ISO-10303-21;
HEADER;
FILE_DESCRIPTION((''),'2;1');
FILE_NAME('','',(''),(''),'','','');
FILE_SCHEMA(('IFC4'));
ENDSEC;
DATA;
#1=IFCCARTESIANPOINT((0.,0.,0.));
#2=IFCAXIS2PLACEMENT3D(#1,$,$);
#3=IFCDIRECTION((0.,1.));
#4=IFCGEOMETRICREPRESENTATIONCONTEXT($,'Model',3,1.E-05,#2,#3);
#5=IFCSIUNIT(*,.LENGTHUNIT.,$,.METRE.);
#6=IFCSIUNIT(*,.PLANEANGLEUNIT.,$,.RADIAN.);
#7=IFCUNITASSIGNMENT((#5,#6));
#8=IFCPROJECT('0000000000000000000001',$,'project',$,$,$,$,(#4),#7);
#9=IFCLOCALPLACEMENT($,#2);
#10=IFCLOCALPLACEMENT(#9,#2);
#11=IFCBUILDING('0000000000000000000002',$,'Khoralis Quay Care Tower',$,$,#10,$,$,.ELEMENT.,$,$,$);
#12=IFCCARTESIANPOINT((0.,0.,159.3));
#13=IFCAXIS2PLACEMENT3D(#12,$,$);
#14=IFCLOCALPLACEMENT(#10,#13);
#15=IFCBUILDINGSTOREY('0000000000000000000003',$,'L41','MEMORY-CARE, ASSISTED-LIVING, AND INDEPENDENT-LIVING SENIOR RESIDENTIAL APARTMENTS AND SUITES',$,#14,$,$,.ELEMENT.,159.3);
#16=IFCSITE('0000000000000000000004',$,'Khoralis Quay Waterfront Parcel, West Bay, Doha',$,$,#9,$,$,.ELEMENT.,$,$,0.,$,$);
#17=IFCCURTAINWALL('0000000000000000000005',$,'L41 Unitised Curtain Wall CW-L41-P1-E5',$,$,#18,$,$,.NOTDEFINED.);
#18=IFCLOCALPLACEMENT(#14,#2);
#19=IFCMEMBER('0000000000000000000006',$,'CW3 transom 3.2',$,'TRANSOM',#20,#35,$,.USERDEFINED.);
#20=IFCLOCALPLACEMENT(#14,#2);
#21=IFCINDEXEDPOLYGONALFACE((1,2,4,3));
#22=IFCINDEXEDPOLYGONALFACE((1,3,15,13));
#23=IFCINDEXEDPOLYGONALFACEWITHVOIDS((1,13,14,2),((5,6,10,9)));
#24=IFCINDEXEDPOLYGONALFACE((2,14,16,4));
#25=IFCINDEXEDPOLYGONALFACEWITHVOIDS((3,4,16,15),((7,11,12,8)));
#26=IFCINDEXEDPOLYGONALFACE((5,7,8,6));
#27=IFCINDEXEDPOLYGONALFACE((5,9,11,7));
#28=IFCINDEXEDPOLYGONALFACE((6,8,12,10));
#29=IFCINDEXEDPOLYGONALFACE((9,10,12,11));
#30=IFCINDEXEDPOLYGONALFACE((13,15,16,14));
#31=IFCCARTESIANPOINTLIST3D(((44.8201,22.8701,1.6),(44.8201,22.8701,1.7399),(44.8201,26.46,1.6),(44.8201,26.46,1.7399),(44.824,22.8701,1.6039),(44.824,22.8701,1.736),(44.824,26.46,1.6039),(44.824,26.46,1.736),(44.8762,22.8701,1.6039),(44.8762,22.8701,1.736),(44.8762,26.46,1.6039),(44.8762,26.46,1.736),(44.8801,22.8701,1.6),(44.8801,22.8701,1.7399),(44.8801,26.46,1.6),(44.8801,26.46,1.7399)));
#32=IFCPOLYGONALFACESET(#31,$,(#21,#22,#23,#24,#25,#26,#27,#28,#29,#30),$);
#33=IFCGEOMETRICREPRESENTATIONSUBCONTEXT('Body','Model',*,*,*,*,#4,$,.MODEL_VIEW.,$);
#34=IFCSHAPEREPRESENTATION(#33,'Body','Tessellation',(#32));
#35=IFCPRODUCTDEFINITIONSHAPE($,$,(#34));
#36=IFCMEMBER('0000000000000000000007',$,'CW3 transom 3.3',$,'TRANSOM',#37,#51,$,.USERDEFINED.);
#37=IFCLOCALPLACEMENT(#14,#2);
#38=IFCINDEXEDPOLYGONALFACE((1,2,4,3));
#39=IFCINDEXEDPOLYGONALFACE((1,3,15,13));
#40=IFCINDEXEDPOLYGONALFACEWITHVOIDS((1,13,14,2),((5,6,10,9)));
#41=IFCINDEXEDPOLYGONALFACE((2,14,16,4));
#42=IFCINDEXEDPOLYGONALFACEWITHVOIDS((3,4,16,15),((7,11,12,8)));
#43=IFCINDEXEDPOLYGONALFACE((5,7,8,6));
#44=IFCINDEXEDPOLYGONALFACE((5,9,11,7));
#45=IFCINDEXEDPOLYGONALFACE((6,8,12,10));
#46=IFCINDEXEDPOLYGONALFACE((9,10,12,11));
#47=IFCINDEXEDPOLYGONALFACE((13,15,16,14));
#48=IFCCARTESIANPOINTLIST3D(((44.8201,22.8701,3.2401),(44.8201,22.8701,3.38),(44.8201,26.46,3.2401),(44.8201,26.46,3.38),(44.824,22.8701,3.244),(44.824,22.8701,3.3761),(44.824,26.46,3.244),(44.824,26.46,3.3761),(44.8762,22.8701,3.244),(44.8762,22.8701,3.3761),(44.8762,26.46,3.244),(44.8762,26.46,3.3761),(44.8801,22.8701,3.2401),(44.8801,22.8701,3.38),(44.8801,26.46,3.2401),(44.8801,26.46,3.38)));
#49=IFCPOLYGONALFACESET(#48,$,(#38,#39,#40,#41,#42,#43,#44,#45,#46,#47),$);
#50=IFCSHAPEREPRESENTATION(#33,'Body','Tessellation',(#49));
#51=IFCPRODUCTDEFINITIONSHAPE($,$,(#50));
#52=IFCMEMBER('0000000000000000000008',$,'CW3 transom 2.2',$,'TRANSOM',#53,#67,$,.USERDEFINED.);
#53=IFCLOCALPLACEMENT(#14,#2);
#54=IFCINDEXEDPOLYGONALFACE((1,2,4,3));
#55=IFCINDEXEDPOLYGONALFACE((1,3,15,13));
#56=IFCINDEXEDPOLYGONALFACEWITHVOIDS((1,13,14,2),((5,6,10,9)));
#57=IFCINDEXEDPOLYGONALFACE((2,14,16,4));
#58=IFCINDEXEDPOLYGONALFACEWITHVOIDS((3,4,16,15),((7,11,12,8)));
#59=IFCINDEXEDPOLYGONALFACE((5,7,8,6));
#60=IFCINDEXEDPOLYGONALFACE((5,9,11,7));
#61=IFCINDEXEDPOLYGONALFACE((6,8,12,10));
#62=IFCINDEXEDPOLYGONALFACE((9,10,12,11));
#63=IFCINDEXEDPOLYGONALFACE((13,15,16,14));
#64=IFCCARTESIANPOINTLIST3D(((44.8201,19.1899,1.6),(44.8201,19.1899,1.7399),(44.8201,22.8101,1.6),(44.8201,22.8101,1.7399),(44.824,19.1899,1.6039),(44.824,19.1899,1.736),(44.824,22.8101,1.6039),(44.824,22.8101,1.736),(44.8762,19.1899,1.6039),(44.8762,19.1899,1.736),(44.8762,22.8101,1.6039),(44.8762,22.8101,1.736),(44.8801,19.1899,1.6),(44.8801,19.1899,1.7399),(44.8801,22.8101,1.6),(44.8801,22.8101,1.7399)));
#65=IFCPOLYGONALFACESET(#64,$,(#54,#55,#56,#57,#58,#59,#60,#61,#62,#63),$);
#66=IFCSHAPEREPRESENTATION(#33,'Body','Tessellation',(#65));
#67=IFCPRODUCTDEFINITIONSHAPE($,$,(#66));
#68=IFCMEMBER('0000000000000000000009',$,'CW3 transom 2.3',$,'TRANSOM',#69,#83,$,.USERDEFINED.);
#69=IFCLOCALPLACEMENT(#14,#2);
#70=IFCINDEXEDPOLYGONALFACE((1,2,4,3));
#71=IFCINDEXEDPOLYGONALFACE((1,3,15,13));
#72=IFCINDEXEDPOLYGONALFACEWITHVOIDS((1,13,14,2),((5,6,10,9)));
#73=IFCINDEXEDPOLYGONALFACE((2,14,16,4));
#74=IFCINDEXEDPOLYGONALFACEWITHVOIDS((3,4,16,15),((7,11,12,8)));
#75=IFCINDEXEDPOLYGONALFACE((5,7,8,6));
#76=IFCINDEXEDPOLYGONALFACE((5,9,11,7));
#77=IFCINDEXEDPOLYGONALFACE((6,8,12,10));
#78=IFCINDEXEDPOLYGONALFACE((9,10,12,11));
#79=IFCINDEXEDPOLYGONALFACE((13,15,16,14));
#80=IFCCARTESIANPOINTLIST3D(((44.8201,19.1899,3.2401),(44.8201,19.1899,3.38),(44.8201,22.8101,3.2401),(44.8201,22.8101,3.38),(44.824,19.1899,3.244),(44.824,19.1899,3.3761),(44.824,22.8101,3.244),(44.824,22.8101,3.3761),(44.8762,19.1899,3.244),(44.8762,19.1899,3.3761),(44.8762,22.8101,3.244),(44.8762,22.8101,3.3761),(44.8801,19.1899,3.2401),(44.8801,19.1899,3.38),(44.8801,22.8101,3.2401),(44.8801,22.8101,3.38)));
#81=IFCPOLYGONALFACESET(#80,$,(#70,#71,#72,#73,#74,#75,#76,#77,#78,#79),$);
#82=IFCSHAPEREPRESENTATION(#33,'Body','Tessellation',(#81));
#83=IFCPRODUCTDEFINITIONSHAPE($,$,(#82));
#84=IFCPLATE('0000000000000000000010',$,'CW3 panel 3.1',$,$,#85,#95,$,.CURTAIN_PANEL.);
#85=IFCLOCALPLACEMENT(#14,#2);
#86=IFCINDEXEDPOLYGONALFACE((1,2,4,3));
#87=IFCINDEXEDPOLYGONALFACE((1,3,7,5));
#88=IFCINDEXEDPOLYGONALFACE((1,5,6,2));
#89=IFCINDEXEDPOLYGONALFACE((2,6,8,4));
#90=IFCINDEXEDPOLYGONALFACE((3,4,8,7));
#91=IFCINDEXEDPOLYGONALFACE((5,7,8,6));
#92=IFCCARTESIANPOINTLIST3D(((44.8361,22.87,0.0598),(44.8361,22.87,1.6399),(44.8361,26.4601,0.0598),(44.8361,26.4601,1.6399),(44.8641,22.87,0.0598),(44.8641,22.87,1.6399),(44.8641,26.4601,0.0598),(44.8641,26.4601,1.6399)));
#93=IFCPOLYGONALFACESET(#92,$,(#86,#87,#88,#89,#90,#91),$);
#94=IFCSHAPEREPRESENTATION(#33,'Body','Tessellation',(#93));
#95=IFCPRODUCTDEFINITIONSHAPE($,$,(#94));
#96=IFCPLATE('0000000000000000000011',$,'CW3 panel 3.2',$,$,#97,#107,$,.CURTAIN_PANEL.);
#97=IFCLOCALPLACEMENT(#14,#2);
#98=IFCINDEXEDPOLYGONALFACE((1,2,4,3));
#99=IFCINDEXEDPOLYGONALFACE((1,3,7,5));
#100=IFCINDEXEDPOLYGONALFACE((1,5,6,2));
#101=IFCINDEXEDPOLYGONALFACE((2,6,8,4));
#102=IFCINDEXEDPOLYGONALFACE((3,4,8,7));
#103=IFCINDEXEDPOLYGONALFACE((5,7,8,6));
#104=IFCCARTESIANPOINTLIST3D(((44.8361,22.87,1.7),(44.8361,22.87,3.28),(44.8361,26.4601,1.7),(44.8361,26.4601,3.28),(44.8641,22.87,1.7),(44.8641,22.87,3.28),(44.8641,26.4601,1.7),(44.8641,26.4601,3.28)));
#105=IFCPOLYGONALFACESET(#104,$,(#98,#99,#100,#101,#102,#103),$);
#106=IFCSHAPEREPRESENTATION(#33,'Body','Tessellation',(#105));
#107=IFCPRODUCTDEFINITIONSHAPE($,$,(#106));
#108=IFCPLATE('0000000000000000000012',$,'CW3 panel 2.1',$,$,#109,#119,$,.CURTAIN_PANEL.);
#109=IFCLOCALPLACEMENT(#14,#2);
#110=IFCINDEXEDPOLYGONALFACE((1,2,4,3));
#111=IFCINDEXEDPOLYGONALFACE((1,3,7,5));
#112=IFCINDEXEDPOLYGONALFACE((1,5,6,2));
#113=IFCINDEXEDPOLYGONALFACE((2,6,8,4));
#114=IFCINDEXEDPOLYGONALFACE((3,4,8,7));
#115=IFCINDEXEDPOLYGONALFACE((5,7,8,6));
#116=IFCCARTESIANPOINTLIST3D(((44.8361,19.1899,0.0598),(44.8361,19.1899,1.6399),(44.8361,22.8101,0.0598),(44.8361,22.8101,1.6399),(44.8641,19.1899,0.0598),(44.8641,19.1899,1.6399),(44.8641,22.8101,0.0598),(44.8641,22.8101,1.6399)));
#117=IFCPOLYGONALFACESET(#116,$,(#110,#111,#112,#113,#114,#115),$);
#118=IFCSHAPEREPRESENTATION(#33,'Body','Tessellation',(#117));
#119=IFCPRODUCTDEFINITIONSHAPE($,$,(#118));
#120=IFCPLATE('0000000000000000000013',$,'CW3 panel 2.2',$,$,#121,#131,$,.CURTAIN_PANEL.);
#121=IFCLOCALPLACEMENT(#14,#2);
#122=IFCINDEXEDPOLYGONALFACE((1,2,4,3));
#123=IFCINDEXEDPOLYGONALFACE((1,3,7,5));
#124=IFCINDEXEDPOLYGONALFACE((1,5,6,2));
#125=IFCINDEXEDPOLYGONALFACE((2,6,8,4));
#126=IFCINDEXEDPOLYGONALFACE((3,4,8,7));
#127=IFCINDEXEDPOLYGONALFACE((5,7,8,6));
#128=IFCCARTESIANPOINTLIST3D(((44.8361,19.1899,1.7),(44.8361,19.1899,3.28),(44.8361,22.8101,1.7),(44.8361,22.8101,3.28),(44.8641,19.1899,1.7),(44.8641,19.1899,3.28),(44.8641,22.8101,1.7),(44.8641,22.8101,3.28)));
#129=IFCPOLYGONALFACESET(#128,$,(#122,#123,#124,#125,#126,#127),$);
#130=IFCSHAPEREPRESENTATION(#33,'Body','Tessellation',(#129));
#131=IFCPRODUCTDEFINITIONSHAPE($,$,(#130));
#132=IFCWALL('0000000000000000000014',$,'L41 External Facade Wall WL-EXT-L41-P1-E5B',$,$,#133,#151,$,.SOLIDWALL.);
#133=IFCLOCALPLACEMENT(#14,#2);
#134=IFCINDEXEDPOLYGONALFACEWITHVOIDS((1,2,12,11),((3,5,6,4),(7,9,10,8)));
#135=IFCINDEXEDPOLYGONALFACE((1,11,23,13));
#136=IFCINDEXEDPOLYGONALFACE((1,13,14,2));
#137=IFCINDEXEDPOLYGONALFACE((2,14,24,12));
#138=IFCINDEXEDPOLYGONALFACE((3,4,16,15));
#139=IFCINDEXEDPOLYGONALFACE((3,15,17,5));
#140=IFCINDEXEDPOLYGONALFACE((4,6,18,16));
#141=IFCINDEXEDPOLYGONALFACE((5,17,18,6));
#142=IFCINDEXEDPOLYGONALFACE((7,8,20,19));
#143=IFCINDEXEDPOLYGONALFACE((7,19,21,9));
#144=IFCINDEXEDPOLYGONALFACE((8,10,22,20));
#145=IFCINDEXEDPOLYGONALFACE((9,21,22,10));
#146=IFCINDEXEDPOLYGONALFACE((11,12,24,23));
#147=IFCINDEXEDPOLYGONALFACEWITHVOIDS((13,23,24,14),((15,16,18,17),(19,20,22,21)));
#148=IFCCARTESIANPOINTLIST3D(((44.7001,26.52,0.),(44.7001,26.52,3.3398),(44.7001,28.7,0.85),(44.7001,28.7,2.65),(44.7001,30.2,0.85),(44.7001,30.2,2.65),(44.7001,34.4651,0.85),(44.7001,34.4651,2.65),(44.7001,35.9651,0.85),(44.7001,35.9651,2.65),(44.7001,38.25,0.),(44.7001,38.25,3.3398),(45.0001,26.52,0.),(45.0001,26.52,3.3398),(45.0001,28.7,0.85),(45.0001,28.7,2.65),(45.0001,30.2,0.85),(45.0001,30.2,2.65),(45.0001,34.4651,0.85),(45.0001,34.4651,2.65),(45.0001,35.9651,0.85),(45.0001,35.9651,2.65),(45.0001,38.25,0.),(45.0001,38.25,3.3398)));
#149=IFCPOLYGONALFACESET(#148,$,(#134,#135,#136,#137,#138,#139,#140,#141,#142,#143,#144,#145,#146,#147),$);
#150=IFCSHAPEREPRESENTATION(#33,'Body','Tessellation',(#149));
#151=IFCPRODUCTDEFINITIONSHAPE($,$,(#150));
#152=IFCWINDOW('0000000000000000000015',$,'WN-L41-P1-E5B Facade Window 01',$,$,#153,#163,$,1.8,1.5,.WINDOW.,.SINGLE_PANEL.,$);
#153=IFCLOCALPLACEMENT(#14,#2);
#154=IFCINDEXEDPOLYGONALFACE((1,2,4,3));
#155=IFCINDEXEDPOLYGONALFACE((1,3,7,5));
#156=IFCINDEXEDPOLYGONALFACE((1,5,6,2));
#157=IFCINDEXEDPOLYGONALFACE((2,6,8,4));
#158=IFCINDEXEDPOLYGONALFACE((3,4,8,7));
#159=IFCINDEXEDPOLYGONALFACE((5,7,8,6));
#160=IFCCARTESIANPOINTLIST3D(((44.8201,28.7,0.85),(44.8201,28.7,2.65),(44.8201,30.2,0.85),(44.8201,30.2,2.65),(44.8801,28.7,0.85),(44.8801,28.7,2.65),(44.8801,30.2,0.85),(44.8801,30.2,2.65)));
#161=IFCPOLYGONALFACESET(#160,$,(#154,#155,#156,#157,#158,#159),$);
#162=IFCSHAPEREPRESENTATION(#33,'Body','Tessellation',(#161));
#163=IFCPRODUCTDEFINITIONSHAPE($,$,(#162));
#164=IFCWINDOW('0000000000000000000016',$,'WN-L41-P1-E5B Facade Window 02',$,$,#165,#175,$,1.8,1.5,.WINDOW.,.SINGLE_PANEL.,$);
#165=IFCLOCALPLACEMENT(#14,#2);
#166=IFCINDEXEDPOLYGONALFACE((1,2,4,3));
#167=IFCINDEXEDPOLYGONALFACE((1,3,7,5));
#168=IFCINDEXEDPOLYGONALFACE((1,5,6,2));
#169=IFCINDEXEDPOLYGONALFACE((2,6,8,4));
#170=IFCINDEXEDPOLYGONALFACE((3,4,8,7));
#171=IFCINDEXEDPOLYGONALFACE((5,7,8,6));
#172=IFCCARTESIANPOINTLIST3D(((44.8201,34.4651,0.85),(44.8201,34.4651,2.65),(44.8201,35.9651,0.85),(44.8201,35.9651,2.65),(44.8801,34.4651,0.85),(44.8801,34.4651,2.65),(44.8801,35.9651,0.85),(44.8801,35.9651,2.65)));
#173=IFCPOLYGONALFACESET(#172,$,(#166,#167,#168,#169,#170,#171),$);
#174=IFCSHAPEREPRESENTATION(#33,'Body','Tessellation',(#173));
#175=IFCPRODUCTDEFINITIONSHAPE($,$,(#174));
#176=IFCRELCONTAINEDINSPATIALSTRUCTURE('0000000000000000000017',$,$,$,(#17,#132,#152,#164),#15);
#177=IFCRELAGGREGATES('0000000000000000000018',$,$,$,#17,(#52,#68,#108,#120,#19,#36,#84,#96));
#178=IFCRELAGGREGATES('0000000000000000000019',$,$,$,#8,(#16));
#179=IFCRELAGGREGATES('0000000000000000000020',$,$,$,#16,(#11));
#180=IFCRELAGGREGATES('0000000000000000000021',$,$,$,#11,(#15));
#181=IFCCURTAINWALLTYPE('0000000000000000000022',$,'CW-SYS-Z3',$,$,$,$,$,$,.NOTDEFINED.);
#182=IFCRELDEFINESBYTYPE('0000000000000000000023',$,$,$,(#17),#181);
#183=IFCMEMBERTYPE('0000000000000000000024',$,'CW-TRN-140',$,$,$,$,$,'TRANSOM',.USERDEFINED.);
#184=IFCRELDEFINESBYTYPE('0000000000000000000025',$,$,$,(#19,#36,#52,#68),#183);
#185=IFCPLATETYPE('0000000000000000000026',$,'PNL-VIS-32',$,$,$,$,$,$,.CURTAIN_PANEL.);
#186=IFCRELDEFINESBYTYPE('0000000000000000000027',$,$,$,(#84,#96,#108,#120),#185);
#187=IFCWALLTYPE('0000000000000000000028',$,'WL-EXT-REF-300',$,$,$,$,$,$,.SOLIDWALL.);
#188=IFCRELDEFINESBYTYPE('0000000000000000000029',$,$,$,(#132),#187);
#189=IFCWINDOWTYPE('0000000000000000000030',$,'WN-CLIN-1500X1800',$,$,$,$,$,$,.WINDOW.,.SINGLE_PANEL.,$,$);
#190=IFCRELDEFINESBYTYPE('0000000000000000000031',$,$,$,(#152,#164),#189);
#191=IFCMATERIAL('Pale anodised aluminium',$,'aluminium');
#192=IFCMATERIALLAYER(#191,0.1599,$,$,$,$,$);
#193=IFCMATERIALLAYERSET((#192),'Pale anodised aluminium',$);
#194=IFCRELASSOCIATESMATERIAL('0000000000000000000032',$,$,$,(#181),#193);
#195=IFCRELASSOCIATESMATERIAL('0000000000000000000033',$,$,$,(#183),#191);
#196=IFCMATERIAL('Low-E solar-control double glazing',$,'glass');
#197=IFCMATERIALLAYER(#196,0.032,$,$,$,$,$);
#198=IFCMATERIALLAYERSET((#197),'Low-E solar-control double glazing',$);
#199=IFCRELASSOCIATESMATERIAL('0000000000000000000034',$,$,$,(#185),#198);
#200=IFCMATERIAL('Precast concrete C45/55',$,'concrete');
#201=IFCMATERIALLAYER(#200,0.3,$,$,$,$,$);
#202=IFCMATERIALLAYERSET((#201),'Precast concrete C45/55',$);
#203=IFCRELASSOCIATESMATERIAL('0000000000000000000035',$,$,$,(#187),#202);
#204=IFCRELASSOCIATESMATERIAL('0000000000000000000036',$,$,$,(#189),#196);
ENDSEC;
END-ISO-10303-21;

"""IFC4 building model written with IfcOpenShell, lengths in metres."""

from ifc_helpers import new_model, si_unit, direction, frame, frame_2d, origin, origin_2d, place, context, subcontext, project, spatial, rectangle, hollow_rectangle, extrude, source, transform, mapped, material, layer, layer_set, material_profile, profile_set, type_object, element, fill, aggregate, save


model = new_model("IFC4")

# Units and contexts
model_context = context("Model", 3, precision=1e-05, world=origin(), true_north=direction((0.0, 1.0)))
body_context = subcontext(model_context, "Body", "Model", "MODEL_VIEW")
ifc_project = project(units=[si_unit("LENGTHUNIT", "METRE"), si_unit("PLANEANGLEUNIT", "RADIAN")], contexts=[model_context])

# Site, building, storey
site_placement = place(None, origin())
site = spatial("IfcSite", under=ifc_project, at=site_placement, Name="Khoralis Quay Waterfront Parcel, West Bay, Doha", CompositionType="ELEMENT", RefElevation=0.0)
building_placement = place(site_placement, origin())
building = spatial("IfcBuilding", under=site, at=building_placement, Name="Khoralis Quay Care Tower", CompositionType="ELEMENT")
storey_placement = place(building_placement, frame((0.0, 0.0, 159.3)))
storey = spatial("IfcBuildingStorey", under=building, at=storey_placement, Name="L41", Description="MEMORY-CARE, ASSISTED-LIVING, AND INDEPENDENT-LIVING SENIOR RESIDENTIAL APARTMENTS AND SUITES", CompositionType="ELEMENT", Elevation=159.3)

# Curtain wall, members, plates
ifc_material_1 = material(Name="Pale anodised aluminium", Category="aluminium")
ifc_layer_1 = layer(ifc_material_1, 0.1599)
ifc_layer_set_1 = layer_set([ifc_layer_1], Name="Pale anodised aluminium")
curtain_wall_type = type_object("IfcCurtainWallType", Name="CW-SYS-Z3", PredefinedType="NOTDEFINED", material=ifc_layer_set_1)
curtain_wall_placement = place(storey_placement, origin())
curtain_wall = element("IfcCurtainWall", 1, at=curtain_wall_placement, inside=storey, type_object=curtain_wall_type, Name="L41 Unitised Curtain Wall CW-L41-P1-E5", PredefinedType="NOTDEFINED")
ifc_material_profile_1 = material_profile(ifc_material_1, hollow_rectangle(XDim=0.0601, YDim=0.1399, WallThickness=0.0039, at=origin_2d()), Name="Pale anodised aluminium")
ifc_profile_set_1 = profile_set([ifc_material_profile_1], Name="Pale anodised aluminium")
member_type_1 = type_object("IfcMemberType", Name="CW-TRN-140", ElementType="TRANSOM", PredefinedType="USERDEFINED", material=ifc_profile_set_1)
shared_shape_1 = source(origin(), body_context, "Body", "SweptSolid", [
    extrude(hollow_rectangle(XDim=0.0601, YDim=0.1399, WallThickness=0.0039, at=origin_2d()), origin(), (0.0, 0.0, 1.0), 3.5898),
])
member_1_placement = place(storey_placement, frame((44.8501, 22.8701, 1.6699), z_axis=(0.0, 1.0, 0.0), x_axis=(-1.0, 0.0, 0.0)))
member_1 = element("IfcMember", 2, at=member_1_placement, type_object=member_type_1, Name="CW3 transom 3.2", ObjectType="TRANSOM", PredefinedType="USERDEFINED", context=body_context, shape_type="MappedRepresentation", body=[
    mapped(shared_shape_1, transform((0.0, 0.0, 0.0), scale=1.0)),
])
member_2_placement = place(storey_placement, frame((44.8501, 22.8701, 3.3101), z_axis=(0.0, 1.0, 0.0), x_axis=(-1.0, 0.0, 0.0)))
member_2 = element("IfcMember", 3, at=member_2_placement, type_object=member_type_1, Name="CW3 transom 3.3", ObjectType="TRANSOM", PredefinedType="USERDEFINED", context=body_context, shape_type="MappedRepresentation", body=[
    mapped(shared_shape_1, transform((0.0, 0.0, 0.0), scale=1.0)),
])
shared_shape_2 = source(origin(), body_context, "Body", "SweptSolid", [
    extrude(hollow_rectangle(XDim=0.0601, YDim=0.1399, WallThickness=0.0039, at=origin_2d()), origin(), (0.0, 0.0, 1.0), 3.6201),
])
member_3_placement = place(storey_placement, frame((44.8501, 19.1899, 1.6699), z_axis=(0.0, 1.0, 0.0), x_axis=(-1.0, 0.0, 0.0)))
member_3 = element("IfcMember", 4, at=member_3_placement, type_object=member_type_1, Name="CW3 transom 2.2", ObjectType="TRANSOM", PredefinedType="USERDEFINED", context=body_context, shape_type="MappedRepresentation", body=[
    mapped(shared_shape_2, transform((0.0, 0.0, 0.0), scale=1.0)),
])
member_4_placement = place(storey_placement, frame((44.8501, 19.1899, 3.3101), z_axis=(0.0, 1.0, 0.0), x_axis=(-1.0, 0.0, 0.0)))
member_4 = element("IfcMember", 5, at=member_4_placement, type_object=member_type_1, Name="CW3 transom 2.3", ObjectType="TRANSOM", PredefinedType="USERDEFINED", context=body_context, shape_type="MappedRepresentation", body=[
    mapped(shared_shape_2, transform((0.0, 0.0, 0.0), scale=1.0)),
])
ifc_material_2 = material(Name="Low-E solar-control double glazing", Category="glass")
ifc_layer_2 = layer(ifc_material_2, 0.032)
ifc_layer_set_2 = layer_set([ifc_layer_2], Name="Low-E solar-control double glazing")
plate_type = type_object("IfcPlateType", Name="PNL-VIS-32", PredefinedType="CURTAIN_PANEL", material=ifc_layer_set_2)
shared_shape_3 = source(origin(), body_context, "Body", "SweptSolid", [
    extrude(rectangle(XDim=3.5901, YDim=0.0281, at=origin_2d()), origin(), (0.0, 0.0, 1.0), 1.5801),
])
plate_1_placement = place(storey_placement, frame((44.8501, 24.665, 0.0598), z_axis=(0.0, 0.0, 1.0), x_axis=(0.0, 1.0, 0.0)))
plate_1 = element("IfcPlate", 6, at=plate_1_placement, type_object=plate_type, Name="CW3 panel 3.1", PredefinedType="CURTAIN_PANEL", context=body_context, shape_type="MappedRepresentation", body=[
    mapped(shared_shape_3, transform((0.0, 0.0, 0.0), scale=1.0)),
])
plate_2_placement = place(storey_placement, frame((44.8501, 24.665, 1.7), z_axis=(0.0, 0.0, 1.0), x_axis=(0.0, 1.0, 0.0)))
plate_2 = element("IfcPlate", 7, at=plate_2_placement, type_object=plate_type, Name="CW3 panel 3.2", PredefinedType="CURTAIN_PANEL", context=body_context, shape_type="MappedRepresentation", body=[
    mapped(shared_shape_3, transform((0.0, 0.0, 0.0), scale=1.0)),
])
shared_shape_4 = source(origin(), body_context, "Body", "SweptSolid", [
    extrude(rectangle(XDim=3.6201, YDim=0.0281, at=origin_2d()), origin(), (0.0, 0.0, 1.0), 1.5801),
])
plate_3_placement = place(storey_placement, frame((44.8501, 21.0, 0.0598), z_axis=(0.0, 0.0, 1.0), x_axis=(0.0, 1.0, 0.0)))
plate_3 = element("IfcPlate", 8, at=plate_3_placement, type_object=plate_type, Name="CW3 panel 2.1", PredefinedType="CURTAIN_PANEL", context=body_context, shape_type="MappedRepresentation", body=[
    mapped(shared_shape_4, transform((0.0, 0.0, 0.0), scale=1.0)),
])
plate_4_placement = place(storey_placement, frame((44.8501, 21.0, 1.7), z_axis=(0.0, 0.0, 1.0), x_axis=(0.0, 1.0, 0.0)))
plate_4 = element("IfcPlate", 9, at=plate_4_placement, type_object=plate_type, Name="CW3 panel 2.2", PredefinedType="CURTAIN_PANEL", context=body_context, shape_type="MappedRepresentation", body=[
    mapped(shared_shape_4, transform((0.0, 0.0, 0.0), scale=1.0)),
])
aggregate(curtain_wall, [member_3, member_4, plate_3, plate_4, member_1, member_2, plate_1, plate_2])

# Wall, openings, windows
ifc_material_3 = material(Name="Precast concrete C45/55", Category="concrete")
ifc_layer_3 = layer(ifc_material_3, 0.3)
ifc_layer_set_3 = layer_set([ifc_layer_3], Name="Precast concrete C45/55")
wall_type_1 = type_object("IfcWallType", Name="WL-EXT-REF-300", PredefinedType="SOLIDWALL", material=ifc_layer_set_3)
wall_1_placement = place(storey_placement, frame((44.8501, 26.52, 0.0), z_axis=(0.0, 0.0, 1.0), x_axis=(0.0, 1.0, 0.0)))
wall_1 = element("IfcWall", 10, at=wall_1_placement, inside=storey, type_object=wall_type_1, Name="L41 External Facade Wall WL-EXT-L41-P1-E5B", PredefinedType="SOLIDWALL", context=body_context, shape_type="SweptSolid", body=[
    extrude(rectangle(XDim=11.73, YDim=0.3, at=frame_2d((5.865, 0.0))), origin(), (0.0, 0.0, 1.0), 3.3398),
])
opening_1_placement = place(wall_1_placement, frame((2.1799, 0.0, 0.8501)))
opening_1 = element("IfcOpeningElement", 11, at=opening_1_placement, cuts=wall_1, PredefinedType="OPENING", context=body_context, shape_type="SweptSolid", body=[
    extrude(rectangle(XDim=1.5, YDim=1.8, at=frame_2d((0.75, 0.8999))), frame((0.0, 0.1602, 0.0), z_axis=(0.0, -1.0, 0.0), x_axis=(1.0, 0.0, 0.0)), (0.0, 0.0, 1.0), 0.3201),
])
opening_2_placement = place(wall_1_placement, frame((7.9451, 0.0, 0.8501)))
opening_2 = element("IfcOpeningElement", 12, at=opening_2_placement, cuts=wall_1, PredefinedType="OPENING", context=body_context, shape_type="SweptSolid", body=[
    extrude(rectangle(XDim=1.5, YDim=1.8, at=frame_2d((0.75, 0.8999))), frame((0.0, 0.1602, 0.0), z_axis=(0.0, -1.0, 0.0), x_axis=(1.0, 0.0, 0.0)), (0.0, 0.0, 1.0), 0.3201),
])
window_type = type_object("IfcWindowType", Name="WN-CLIN-1500X1800", PartitioningType="SINGLE_PANEL", PredefinedType="WINDOW", material=ifc_material_2)
shared_shape_5 = source(origin(), body_context, "Body", "SweptSolid", [
    extrude(rectangle(XDim=1.5, YDim=1.8, at=frame_2d((0.75, 0.8999))), frame((0.0, 0.03, 0.0), z_axis=(0.0, -1.0, 0.0), x_axis=(1.0, 0.0, 0.0)), (0.0, 0.0, 1.0), 0.0601),
])
window_1_placement = place(opening_1_placement, origin())
window_1 = element("IfcWindow", 13, at=window_1_placement, inside=storey, type_object=window_type, Name="WN-L41-P1-E5B Facade Window 01", OverallHeight=1.8, OverallWidth=1.5, PartitioningType="SINGLE_PANEL", PredefinedType="WINDOW", context=body_context, shape_type="MappedRepresentation", body=[
    mapped(shared_shape_5, transform((0.0, 0.0, 0.0), scale=1.0)),
])
fill(opening_1, window_1)
window_2_placement = place(opening_2_placement, origin())
window_2 = element("IfcWindow", 14, at=window_2_placement, inside=storey, type_object=window_type, Name="WN-L41-P1-E5B Facade Window 02", OverallHeight=1.8, OverallWidth=1.5, PartitioningType="SINGLE_PANEL", PredefinedType="WINDOW", context=body_context, shape_type="MappedRepresentation", body=[
    mapped(shared_shape_5, transform((0.0, 0.0, 0.0), scale=1.0)),
])
fill(opening_2, window_2)

save(model, "model.ifc")
